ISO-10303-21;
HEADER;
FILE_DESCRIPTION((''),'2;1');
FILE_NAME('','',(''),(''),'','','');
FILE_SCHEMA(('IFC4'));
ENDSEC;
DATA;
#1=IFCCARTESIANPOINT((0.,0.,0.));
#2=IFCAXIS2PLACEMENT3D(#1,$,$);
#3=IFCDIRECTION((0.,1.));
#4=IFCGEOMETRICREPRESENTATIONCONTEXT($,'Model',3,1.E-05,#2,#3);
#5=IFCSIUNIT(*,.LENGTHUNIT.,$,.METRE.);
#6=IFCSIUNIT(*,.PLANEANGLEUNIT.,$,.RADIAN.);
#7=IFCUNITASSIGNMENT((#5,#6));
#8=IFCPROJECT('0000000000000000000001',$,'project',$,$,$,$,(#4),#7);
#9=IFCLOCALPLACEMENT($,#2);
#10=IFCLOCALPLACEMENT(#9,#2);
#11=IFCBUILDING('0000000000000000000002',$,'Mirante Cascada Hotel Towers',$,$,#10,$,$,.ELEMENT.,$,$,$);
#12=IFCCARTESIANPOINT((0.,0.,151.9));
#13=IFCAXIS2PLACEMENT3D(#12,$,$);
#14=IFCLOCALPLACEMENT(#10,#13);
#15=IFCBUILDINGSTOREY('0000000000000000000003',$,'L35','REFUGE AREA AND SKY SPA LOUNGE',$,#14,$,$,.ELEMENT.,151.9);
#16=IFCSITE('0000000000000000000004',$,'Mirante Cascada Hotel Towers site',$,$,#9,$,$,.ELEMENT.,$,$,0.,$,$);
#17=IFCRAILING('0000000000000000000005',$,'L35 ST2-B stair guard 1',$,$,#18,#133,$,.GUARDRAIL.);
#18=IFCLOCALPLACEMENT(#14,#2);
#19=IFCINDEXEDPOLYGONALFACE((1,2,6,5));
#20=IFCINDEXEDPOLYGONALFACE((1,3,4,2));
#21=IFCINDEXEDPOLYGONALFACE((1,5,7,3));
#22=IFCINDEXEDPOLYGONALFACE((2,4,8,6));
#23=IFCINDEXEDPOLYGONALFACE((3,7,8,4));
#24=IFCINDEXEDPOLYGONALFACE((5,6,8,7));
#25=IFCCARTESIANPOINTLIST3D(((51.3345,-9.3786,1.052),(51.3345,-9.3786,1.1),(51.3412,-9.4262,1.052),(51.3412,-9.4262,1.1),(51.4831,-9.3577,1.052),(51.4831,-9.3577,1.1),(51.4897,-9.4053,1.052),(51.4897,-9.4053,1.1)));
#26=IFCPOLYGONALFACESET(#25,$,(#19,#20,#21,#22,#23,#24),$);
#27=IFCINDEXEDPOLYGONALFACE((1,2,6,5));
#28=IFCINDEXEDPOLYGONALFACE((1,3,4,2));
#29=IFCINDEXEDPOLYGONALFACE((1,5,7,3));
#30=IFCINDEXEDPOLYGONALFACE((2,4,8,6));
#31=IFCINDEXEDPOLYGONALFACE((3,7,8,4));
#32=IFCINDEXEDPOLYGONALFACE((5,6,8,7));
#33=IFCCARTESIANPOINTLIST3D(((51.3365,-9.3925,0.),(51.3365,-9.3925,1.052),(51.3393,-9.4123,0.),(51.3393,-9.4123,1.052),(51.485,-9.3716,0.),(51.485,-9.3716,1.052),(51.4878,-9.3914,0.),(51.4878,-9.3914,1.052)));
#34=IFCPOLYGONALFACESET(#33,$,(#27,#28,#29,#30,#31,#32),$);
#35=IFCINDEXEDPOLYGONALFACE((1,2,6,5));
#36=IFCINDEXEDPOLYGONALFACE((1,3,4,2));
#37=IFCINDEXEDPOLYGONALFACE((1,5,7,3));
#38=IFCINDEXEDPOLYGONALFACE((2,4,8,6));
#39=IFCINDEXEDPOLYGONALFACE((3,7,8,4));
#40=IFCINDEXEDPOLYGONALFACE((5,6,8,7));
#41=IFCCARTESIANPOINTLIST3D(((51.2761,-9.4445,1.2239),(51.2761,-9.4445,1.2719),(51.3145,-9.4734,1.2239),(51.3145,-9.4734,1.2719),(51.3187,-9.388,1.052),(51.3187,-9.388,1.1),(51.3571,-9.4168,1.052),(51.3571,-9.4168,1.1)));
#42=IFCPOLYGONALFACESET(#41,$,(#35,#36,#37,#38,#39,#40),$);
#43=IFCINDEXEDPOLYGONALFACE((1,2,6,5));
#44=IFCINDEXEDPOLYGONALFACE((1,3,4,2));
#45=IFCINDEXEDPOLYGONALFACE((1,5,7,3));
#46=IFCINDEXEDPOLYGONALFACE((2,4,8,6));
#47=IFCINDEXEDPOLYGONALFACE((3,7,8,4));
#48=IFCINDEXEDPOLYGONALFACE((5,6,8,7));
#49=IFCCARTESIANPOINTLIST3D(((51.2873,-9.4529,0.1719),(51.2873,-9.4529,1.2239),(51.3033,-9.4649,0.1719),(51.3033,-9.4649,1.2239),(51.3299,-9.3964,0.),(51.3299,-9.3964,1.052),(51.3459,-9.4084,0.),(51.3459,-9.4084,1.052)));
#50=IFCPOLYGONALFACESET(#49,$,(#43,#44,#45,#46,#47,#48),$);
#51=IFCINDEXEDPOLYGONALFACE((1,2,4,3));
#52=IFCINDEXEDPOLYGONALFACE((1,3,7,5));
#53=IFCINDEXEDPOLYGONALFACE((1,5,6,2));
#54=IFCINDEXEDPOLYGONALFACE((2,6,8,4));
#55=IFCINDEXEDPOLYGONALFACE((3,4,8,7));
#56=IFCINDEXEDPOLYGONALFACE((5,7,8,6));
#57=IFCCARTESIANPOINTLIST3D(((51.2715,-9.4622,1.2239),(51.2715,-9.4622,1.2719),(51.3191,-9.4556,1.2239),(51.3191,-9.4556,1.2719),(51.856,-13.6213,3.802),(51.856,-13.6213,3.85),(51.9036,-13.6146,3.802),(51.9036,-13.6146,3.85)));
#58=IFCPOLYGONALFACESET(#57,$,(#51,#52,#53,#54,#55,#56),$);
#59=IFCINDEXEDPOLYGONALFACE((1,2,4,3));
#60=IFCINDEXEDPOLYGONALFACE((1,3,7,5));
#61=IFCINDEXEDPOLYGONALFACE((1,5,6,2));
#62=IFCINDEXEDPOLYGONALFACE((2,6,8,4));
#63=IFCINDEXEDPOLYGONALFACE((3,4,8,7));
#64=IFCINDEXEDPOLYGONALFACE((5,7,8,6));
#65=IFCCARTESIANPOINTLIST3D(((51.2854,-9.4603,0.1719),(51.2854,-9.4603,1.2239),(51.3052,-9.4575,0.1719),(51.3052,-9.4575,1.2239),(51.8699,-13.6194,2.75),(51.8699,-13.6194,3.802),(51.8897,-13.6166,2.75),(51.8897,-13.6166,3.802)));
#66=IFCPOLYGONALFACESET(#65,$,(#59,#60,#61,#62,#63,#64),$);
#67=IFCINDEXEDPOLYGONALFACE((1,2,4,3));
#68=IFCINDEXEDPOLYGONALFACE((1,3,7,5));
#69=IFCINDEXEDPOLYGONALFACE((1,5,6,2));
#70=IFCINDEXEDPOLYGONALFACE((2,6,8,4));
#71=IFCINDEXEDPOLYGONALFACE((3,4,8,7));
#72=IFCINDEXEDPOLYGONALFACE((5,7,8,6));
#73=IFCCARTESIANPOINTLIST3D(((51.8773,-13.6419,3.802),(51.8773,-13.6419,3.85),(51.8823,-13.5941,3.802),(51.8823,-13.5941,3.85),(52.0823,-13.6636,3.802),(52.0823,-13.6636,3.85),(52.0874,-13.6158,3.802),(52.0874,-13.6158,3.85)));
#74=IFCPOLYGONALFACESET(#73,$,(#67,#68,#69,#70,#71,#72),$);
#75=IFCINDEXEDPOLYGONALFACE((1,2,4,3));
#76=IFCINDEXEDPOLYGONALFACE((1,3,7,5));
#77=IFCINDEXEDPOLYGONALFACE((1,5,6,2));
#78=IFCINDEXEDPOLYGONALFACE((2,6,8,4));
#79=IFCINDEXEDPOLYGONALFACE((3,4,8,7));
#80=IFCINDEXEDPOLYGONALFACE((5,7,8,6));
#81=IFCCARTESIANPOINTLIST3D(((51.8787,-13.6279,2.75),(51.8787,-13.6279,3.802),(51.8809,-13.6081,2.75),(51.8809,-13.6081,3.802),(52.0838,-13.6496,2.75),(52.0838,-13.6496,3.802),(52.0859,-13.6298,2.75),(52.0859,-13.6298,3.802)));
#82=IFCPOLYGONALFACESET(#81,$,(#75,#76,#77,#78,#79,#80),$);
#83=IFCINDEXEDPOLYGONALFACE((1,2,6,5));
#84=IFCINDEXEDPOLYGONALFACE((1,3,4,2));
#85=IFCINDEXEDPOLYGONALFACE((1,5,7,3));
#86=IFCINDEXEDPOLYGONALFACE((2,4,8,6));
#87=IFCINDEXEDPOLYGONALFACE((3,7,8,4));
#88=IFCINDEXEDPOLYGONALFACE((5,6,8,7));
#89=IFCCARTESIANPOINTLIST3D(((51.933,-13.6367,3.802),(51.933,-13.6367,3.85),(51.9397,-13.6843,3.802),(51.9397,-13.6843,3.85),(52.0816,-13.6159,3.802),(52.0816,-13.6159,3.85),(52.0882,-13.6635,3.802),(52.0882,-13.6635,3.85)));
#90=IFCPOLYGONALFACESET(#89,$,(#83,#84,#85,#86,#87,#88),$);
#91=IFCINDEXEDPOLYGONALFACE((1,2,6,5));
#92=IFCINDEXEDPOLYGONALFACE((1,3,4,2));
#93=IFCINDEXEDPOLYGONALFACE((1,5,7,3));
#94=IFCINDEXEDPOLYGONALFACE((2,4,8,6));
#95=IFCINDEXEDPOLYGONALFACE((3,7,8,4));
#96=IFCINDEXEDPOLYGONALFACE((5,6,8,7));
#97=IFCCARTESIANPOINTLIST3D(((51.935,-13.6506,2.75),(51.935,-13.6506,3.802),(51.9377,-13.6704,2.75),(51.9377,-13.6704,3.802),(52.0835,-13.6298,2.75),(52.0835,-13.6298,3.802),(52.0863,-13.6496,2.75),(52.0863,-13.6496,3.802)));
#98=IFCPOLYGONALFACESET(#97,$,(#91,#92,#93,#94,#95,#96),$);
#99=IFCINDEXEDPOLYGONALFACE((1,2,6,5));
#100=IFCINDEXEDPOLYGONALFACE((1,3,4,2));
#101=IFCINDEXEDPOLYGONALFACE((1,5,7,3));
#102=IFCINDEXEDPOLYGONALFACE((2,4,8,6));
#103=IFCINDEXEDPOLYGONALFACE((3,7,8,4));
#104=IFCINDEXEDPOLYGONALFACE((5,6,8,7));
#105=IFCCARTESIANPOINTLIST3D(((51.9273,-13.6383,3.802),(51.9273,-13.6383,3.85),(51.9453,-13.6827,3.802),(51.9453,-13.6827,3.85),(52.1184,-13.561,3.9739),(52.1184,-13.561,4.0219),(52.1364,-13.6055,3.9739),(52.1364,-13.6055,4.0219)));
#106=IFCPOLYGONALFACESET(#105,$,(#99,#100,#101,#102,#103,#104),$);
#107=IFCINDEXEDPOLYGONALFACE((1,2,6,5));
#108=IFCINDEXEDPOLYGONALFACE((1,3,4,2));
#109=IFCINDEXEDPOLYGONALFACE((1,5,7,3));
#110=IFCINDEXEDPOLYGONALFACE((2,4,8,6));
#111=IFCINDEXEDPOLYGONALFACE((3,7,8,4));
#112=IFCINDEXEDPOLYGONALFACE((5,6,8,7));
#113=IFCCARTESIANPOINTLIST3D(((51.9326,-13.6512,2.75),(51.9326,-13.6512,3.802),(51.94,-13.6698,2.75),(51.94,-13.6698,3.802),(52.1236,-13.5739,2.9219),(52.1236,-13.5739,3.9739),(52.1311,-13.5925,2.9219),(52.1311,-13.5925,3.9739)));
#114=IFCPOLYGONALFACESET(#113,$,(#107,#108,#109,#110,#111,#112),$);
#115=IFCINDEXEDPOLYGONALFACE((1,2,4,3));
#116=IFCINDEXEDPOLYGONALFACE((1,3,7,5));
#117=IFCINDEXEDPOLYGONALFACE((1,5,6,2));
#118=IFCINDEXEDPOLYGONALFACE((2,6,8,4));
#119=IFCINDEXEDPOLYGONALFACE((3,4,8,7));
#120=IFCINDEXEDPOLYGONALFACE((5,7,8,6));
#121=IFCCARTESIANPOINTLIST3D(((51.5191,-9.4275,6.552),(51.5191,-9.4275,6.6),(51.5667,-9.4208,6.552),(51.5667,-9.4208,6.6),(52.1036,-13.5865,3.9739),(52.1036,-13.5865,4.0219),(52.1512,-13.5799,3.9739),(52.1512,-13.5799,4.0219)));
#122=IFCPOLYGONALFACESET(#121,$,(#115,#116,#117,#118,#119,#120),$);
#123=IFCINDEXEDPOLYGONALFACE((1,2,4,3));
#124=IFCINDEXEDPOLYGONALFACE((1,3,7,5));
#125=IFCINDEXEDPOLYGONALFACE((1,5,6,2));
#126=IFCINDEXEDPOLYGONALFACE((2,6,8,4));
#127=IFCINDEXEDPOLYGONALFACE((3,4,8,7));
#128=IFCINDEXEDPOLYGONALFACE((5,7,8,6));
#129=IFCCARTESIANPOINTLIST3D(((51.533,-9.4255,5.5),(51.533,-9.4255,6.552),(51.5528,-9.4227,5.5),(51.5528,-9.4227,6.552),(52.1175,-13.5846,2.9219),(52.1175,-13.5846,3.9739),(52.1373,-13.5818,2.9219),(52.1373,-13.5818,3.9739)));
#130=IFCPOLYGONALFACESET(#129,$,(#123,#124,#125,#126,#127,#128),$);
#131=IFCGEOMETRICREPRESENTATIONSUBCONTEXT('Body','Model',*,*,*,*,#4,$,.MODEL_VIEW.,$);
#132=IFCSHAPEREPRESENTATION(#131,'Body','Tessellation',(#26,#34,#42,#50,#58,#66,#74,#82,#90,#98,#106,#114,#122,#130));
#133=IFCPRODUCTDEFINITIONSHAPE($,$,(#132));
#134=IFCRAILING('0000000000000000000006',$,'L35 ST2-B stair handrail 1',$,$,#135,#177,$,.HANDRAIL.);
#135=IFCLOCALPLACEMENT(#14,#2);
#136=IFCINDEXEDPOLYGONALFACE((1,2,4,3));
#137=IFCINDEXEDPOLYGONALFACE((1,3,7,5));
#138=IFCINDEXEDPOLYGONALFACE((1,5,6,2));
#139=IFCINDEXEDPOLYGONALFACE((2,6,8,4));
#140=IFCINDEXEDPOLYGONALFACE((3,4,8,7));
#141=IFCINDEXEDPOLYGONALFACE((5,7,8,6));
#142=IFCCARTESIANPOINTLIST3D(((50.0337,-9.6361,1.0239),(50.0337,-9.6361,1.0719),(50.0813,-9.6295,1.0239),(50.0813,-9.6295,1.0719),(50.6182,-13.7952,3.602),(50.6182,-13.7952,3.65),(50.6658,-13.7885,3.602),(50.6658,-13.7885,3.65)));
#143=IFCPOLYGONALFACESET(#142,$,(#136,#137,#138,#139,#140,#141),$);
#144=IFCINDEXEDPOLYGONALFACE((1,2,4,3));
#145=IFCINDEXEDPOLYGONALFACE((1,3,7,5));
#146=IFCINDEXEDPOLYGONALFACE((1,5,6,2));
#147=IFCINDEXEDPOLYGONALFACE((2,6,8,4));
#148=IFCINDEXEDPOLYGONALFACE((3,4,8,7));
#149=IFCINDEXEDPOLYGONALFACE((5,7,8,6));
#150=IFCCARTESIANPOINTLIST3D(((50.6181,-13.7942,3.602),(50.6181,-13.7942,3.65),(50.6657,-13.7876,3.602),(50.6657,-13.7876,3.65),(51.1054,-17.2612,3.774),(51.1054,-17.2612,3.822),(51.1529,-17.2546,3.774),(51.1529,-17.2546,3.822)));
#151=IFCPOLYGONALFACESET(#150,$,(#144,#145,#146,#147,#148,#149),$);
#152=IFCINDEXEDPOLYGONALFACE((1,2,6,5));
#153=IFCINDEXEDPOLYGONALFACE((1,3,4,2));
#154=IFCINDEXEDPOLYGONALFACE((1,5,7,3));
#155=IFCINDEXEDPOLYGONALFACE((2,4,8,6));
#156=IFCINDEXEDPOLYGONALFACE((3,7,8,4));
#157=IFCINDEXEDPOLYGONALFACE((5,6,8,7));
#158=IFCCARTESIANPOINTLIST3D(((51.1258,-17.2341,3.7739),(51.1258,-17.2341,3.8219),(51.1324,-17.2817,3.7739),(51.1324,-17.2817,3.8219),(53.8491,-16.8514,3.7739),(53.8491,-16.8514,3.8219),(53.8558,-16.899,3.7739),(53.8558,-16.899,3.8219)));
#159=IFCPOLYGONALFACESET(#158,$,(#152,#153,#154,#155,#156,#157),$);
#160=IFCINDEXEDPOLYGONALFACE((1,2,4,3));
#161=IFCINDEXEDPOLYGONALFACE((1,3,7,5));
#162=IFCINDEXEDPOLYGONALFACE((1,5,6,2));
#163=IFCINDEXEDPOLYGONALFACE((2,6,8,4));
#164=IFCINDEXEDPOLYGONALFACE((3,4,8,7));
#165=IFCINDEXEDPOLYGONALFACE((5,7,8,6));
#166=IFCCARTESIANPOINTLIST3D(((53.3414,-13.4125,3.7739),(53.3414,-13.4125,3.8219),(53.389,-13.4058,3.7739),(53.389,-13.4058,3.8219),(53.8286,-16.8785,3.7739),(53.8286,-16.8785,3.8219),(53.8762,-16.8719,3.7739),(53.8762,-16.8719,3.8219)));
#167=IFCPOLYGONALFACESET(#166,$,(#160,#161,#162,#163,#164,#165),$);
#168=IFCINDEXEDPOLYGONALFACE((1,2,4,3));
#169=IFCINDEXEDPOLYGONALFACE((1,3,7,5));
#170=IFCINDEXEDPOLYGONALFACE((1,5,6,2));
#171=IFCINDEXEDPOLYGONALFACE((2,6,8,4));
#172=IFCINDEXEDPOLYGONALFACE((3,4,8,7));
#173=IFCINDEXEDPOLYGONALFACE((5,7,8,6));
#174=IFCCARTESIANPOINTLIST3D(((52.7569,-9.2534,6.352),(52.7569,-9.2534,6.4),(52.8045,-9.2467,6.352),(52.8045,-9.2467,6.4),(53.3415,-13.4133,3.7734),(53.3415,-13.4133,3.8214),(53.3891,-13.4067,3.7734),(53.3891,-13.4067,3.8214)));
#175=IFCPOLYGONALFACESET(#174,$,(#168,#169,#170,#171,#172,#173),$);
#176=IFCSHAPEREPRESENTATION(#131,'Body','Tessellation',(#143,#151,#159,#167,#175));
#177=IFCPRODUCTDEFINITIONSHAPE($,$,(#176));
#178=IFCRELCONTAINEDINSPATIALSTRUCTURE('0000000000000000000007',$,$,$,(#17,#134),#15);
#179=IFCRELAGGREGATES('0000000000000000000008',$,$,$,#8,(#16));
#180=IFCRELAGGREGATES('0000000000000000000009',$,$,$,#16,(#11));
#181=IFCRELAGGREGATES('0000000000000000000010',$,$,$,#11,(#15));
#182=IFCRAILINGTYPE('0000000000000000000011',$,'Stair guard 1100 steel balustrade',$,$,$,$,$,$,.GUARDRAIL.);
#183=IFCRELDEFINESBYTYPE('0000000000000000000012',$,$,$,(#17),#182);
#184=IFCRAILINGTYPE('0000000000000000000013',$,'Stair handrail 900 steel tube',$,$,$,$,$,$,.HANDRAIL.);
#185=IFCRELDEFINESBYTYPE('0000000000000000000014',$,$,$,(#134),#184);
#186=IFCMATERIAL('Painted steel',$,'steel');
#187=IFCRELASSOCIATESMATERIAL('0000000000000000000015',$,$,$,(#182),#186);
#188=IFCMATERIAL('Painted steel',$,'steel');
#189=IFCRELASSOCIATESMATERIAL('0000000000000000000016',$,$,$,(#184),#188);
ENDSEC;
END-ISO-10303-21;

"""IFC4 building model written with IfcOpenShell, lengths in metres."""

from ifc_helpers import new_model, si_unit, direction, frame, origin, origin_2d, place, context, subcontext, project, spatial, rectangle, extrude, material, type_object, element, save


model = new_model("IFC4")

# Units and contexts
model_context = context("Model", 3, precision=1e-05, world=origin(), true_north=direction((0.0, 1.0)))
body_context = subcontext(model_context, "Body", "Model", "MODEL_VIEW")
ifc_project = project(units=[si_unit("LENGTHUNIT", "METRE"), si_unit("PLANEANGLEUNIT", "RADIAN")], contexts=[model_context])

# Site, building, storey
site_placement = place(None, origin())
site = spatial("IfcSite", under=ifc_project, at=site_placement, Name="Mirante Cascada Hotel Towers site", CompositionType="ELEMENT", RefElevation=0.0)
building_placement = place(site_placement, origin())
building = spatial("IfcBuilding", under=site, at=building_placement, Name="Mirante Cascada Hotel Towers", CompositionType="ELEMENT")
storey_placement = place(building_placement, frame((0.0, 0.0, 151.9)))
storey = spatial("IfcBuildingStorey", under=building, at=storey_placement, Name="L35", Description="REFUGE AREA AND SKY SPA LOUNGE", CompositionType="ELEMENT", Elevation=151.9)

# Railings
ifc_material_1 = material(Name="Painted steel", Category="steel")
railing_type_1 = type_object("IfcRailingType", Name="Stair guard 1100 steel balustrade", PredefinedType="GUARDRAIL", material=ifc_material_1)
railing_1_placement = place(storey_placement, frame((51.4864, -9.3815, 0.0)))
element("IfcRailing", 1, at=railing_1_placement, inside=storey, type_object=railing_type_1, Name="L35 ST2-B stair guard 1", PredefinedType="GUARDRAIL", context=body_context, shape_type="SweptSolid", body=[
    extrude(rectangle(XDim=0.048, YDim=0.048, at=origin_2d()), frame((0.0, 0.0, 1.076), z_axis=(-0.990241, -0.139367, 0.0), x_axis=(0.139367, -0.990241, 0.0)), (0.0, 0.0, 1.0), 0.15),
    extrude(rectangle(XDim=0.02, YDim=1.052, at=origin_2d()), frame((0.0, 0.0, 0.526), z_axis=(-0.990241, -0.139367, 0.0), x_axis=(0.139367, -0.990241, 0.0)), (0.0, 0.0, 1.0), 0.15),
    extrude(rectangle(XDim=0.048, YDim=0.048, at=origin_2d()), frame((-0.1485, -0.0209, 1.076), z_axis=(-0.602033, -0.798471, 0.0), x_axis=(0.798471, -0.602033, 0.0)), (0.0, 0.92472, 0.380648), 0.1859),
    extrude(rectangle(XDim=0.02, YDim=1.052, at=origin_2d()), frame((-0.1485, -0.0209, 0.526), z_axis=(-0.602033, -0.798471, 0.0), x_axis=(0.798471, -0.602033, 0.0)), (0.0, 0.92472, 0.380648), 0.1859),
    extrude(rectangle(XDim=0.048, YDim=0.048, at=origin_2d()), frame((-0.1911, -0.0774, 1.2479), z_axis=(0.139168, -0.990269, 0.0), x_axis=(0.990269, 0.139168, 0.0)), (0.0, 0.523141, 0.852246), 4.9281),
    extrude(rectangle(XDim=0.02, YDim=1.052, at=origin_2d()), frame((-0.1911, -0.0774, 0.6979), z_axis=(0.139168, -0.990269, 0.0), x_axis=(0.990269, 0.139168, 0.0)), (0.0, 0.523141, 0.852246), 4.9281),
    extrude(rectangle(XDim=0.048, YDim=0.048, at=origin_2d()), frame((0.3934, -4.2365, 3.826), z_axis=(0.994449, -0.105215, 0.0), x_axis=(0.105215, 0.994449, 0.0)), (0.0, 0.0, 1.0), 0.2062),
    extrude(rectangle(XDim=0.02, YDim=1.052, at=origin_2d()), frame((0.3934, -4.2365, 3.276), z_axis=(0.994449, -0.105215, 0.0), x_axis=(0.105215, 0.994449, 0.0)), (0.0, 0.0, 1.0), 0.2062),
    extrude(rectangle(XDim=0.048, YDim=0.048, at=origin_2d()), frame((0.5985, -4.2582, 3.826), z_axis=(-0.990345, -0.138622, 0.0), x_axis=(0.138622, -0.990345, 0.0)), (0.0, 0.0, 1.0), 0.15),
    extrude(rectangle(XDim=0.02, YDim=1.052, at=origin_2d()), frame((0.5985, -4.2582, 3.276), z_axis=(-0.990345, -0.138622, 0.0), x_axis=(0.138622, -0.990345, 0.0)), (0.0, 0.0, 1.0), 0.15),
    extrude(rectangle(XDim=0.048, YDim=0.048, at=origin_2d()), frame((0.4499, -4.279, 3.826), z_axis=(0.927031, 0.374984, 0.0), x_axis=(-0.374984, 0.927031, 0.0)), (0.0, 0.640437, 0.76801), 0.2684),
    extrude(rectangle(XDim=0.02, YDim=1.052, at=origin_2d()), frame((0.4499, -4.279, 3.276), z_axis=(0.927031, 0.374984, 0.0), x_axis=(-0.374984, 0.927031, 0.0)), (0.0, 0.640437, 0.76801), 0.2684),
    extrude(rectangle(XDim=0.048, YDim=0.048, at=origin_2d()), frame((0.641, -4.2017, 3.9979), z_axis=(-0.139168, 0.990269, 0.0), x_axis=(-0.990269, -0.139168, 0.0)), (0.0, 0.523141, 0.852246), 4.9281),
    extrude(rectangle(XDim=0.02, YDim=1.052, at=origin_2d()), frame((0.641, -4.2017, 3.4479), z_axis=(-0.139168, 0.990269, 0.0), x_axis=(-0.990269, -0.139168, 0.0)), (0.0, 0.523141, 0.852246), 4.9281),
])
ifc_material_2 = material(Name="Painted steel", Category="steel")
railing_type_2 = type_object("IfcRailingType", Name="Stair handrail 900 steel tube", PredefinedType="HANDRAIL", material=ifc_material_2)
railing_2_placement = place(storey_placement, frame((50.0575, -9.6328, 0.1719)))
element("IfcRailing", 2, at=railing_2_placement, inside=storey, type_object=railing_type_2, Name="L35 ST2-B stair handrail 1", PredefinedType="HANDRAIL", context=body_context, shape_type="SweptSolid", body=[
    extrude(rectangle(XDim=0.048, YDim=0.048, at=origin_2d()), frame((0.0, 0.0, 0.876), z_axis=(0.139168, -0.990269, 0.0), x_axis=(0.990269, 0.139168, 0.0)), (0.0, 0.523141, 0.852246), 4.9281),
    extrude(rectangle(XDim=0.048, YDim=0.048, at=origin_2d()), frame((0.5844, -4.1581, 3.4541), z_axis=(0.139169, -0.990269, 0.0), x_axis=(0.990269, 0.139169, 0.0)), (0.0, 0.049054, 0.998796), 3.5053),
    extrude(rectangle(XDim=0.048, YDim=0.048, at=origin_2d()), frame((1.0716, -7.6251, 3.626), z_axis=(0.99027, 0.139161, 0.0), x_axis=(-0.139161, 0.99027, 0.0)), (0.0, 0.0, 1.0), 2.7501),
    extrude(rectangle(XDim=0.048, YDim=0.048, at=origin_2d()), frame((3.7949, -7.2424, 3.626), z_axis=(-0.139197, 0.990265, 0.0), x_axis=(-0.990265, -0.139197, 0.0)), (0.0, 0.0, 1.0), 3.5001),
    extrude(rectangle(XDim=0.048, YDim=0.048, at=origin_2d()), frame((3.3078, -3.7772, 3.6255), z_axis=(-0.139168, 0.990269, 0.0), x_axis=(-0.990269, -0.139168, 0.0)), (0.0, 0.523141, 0.852246), 4.9291),
])

save(model, "model.ifc")
